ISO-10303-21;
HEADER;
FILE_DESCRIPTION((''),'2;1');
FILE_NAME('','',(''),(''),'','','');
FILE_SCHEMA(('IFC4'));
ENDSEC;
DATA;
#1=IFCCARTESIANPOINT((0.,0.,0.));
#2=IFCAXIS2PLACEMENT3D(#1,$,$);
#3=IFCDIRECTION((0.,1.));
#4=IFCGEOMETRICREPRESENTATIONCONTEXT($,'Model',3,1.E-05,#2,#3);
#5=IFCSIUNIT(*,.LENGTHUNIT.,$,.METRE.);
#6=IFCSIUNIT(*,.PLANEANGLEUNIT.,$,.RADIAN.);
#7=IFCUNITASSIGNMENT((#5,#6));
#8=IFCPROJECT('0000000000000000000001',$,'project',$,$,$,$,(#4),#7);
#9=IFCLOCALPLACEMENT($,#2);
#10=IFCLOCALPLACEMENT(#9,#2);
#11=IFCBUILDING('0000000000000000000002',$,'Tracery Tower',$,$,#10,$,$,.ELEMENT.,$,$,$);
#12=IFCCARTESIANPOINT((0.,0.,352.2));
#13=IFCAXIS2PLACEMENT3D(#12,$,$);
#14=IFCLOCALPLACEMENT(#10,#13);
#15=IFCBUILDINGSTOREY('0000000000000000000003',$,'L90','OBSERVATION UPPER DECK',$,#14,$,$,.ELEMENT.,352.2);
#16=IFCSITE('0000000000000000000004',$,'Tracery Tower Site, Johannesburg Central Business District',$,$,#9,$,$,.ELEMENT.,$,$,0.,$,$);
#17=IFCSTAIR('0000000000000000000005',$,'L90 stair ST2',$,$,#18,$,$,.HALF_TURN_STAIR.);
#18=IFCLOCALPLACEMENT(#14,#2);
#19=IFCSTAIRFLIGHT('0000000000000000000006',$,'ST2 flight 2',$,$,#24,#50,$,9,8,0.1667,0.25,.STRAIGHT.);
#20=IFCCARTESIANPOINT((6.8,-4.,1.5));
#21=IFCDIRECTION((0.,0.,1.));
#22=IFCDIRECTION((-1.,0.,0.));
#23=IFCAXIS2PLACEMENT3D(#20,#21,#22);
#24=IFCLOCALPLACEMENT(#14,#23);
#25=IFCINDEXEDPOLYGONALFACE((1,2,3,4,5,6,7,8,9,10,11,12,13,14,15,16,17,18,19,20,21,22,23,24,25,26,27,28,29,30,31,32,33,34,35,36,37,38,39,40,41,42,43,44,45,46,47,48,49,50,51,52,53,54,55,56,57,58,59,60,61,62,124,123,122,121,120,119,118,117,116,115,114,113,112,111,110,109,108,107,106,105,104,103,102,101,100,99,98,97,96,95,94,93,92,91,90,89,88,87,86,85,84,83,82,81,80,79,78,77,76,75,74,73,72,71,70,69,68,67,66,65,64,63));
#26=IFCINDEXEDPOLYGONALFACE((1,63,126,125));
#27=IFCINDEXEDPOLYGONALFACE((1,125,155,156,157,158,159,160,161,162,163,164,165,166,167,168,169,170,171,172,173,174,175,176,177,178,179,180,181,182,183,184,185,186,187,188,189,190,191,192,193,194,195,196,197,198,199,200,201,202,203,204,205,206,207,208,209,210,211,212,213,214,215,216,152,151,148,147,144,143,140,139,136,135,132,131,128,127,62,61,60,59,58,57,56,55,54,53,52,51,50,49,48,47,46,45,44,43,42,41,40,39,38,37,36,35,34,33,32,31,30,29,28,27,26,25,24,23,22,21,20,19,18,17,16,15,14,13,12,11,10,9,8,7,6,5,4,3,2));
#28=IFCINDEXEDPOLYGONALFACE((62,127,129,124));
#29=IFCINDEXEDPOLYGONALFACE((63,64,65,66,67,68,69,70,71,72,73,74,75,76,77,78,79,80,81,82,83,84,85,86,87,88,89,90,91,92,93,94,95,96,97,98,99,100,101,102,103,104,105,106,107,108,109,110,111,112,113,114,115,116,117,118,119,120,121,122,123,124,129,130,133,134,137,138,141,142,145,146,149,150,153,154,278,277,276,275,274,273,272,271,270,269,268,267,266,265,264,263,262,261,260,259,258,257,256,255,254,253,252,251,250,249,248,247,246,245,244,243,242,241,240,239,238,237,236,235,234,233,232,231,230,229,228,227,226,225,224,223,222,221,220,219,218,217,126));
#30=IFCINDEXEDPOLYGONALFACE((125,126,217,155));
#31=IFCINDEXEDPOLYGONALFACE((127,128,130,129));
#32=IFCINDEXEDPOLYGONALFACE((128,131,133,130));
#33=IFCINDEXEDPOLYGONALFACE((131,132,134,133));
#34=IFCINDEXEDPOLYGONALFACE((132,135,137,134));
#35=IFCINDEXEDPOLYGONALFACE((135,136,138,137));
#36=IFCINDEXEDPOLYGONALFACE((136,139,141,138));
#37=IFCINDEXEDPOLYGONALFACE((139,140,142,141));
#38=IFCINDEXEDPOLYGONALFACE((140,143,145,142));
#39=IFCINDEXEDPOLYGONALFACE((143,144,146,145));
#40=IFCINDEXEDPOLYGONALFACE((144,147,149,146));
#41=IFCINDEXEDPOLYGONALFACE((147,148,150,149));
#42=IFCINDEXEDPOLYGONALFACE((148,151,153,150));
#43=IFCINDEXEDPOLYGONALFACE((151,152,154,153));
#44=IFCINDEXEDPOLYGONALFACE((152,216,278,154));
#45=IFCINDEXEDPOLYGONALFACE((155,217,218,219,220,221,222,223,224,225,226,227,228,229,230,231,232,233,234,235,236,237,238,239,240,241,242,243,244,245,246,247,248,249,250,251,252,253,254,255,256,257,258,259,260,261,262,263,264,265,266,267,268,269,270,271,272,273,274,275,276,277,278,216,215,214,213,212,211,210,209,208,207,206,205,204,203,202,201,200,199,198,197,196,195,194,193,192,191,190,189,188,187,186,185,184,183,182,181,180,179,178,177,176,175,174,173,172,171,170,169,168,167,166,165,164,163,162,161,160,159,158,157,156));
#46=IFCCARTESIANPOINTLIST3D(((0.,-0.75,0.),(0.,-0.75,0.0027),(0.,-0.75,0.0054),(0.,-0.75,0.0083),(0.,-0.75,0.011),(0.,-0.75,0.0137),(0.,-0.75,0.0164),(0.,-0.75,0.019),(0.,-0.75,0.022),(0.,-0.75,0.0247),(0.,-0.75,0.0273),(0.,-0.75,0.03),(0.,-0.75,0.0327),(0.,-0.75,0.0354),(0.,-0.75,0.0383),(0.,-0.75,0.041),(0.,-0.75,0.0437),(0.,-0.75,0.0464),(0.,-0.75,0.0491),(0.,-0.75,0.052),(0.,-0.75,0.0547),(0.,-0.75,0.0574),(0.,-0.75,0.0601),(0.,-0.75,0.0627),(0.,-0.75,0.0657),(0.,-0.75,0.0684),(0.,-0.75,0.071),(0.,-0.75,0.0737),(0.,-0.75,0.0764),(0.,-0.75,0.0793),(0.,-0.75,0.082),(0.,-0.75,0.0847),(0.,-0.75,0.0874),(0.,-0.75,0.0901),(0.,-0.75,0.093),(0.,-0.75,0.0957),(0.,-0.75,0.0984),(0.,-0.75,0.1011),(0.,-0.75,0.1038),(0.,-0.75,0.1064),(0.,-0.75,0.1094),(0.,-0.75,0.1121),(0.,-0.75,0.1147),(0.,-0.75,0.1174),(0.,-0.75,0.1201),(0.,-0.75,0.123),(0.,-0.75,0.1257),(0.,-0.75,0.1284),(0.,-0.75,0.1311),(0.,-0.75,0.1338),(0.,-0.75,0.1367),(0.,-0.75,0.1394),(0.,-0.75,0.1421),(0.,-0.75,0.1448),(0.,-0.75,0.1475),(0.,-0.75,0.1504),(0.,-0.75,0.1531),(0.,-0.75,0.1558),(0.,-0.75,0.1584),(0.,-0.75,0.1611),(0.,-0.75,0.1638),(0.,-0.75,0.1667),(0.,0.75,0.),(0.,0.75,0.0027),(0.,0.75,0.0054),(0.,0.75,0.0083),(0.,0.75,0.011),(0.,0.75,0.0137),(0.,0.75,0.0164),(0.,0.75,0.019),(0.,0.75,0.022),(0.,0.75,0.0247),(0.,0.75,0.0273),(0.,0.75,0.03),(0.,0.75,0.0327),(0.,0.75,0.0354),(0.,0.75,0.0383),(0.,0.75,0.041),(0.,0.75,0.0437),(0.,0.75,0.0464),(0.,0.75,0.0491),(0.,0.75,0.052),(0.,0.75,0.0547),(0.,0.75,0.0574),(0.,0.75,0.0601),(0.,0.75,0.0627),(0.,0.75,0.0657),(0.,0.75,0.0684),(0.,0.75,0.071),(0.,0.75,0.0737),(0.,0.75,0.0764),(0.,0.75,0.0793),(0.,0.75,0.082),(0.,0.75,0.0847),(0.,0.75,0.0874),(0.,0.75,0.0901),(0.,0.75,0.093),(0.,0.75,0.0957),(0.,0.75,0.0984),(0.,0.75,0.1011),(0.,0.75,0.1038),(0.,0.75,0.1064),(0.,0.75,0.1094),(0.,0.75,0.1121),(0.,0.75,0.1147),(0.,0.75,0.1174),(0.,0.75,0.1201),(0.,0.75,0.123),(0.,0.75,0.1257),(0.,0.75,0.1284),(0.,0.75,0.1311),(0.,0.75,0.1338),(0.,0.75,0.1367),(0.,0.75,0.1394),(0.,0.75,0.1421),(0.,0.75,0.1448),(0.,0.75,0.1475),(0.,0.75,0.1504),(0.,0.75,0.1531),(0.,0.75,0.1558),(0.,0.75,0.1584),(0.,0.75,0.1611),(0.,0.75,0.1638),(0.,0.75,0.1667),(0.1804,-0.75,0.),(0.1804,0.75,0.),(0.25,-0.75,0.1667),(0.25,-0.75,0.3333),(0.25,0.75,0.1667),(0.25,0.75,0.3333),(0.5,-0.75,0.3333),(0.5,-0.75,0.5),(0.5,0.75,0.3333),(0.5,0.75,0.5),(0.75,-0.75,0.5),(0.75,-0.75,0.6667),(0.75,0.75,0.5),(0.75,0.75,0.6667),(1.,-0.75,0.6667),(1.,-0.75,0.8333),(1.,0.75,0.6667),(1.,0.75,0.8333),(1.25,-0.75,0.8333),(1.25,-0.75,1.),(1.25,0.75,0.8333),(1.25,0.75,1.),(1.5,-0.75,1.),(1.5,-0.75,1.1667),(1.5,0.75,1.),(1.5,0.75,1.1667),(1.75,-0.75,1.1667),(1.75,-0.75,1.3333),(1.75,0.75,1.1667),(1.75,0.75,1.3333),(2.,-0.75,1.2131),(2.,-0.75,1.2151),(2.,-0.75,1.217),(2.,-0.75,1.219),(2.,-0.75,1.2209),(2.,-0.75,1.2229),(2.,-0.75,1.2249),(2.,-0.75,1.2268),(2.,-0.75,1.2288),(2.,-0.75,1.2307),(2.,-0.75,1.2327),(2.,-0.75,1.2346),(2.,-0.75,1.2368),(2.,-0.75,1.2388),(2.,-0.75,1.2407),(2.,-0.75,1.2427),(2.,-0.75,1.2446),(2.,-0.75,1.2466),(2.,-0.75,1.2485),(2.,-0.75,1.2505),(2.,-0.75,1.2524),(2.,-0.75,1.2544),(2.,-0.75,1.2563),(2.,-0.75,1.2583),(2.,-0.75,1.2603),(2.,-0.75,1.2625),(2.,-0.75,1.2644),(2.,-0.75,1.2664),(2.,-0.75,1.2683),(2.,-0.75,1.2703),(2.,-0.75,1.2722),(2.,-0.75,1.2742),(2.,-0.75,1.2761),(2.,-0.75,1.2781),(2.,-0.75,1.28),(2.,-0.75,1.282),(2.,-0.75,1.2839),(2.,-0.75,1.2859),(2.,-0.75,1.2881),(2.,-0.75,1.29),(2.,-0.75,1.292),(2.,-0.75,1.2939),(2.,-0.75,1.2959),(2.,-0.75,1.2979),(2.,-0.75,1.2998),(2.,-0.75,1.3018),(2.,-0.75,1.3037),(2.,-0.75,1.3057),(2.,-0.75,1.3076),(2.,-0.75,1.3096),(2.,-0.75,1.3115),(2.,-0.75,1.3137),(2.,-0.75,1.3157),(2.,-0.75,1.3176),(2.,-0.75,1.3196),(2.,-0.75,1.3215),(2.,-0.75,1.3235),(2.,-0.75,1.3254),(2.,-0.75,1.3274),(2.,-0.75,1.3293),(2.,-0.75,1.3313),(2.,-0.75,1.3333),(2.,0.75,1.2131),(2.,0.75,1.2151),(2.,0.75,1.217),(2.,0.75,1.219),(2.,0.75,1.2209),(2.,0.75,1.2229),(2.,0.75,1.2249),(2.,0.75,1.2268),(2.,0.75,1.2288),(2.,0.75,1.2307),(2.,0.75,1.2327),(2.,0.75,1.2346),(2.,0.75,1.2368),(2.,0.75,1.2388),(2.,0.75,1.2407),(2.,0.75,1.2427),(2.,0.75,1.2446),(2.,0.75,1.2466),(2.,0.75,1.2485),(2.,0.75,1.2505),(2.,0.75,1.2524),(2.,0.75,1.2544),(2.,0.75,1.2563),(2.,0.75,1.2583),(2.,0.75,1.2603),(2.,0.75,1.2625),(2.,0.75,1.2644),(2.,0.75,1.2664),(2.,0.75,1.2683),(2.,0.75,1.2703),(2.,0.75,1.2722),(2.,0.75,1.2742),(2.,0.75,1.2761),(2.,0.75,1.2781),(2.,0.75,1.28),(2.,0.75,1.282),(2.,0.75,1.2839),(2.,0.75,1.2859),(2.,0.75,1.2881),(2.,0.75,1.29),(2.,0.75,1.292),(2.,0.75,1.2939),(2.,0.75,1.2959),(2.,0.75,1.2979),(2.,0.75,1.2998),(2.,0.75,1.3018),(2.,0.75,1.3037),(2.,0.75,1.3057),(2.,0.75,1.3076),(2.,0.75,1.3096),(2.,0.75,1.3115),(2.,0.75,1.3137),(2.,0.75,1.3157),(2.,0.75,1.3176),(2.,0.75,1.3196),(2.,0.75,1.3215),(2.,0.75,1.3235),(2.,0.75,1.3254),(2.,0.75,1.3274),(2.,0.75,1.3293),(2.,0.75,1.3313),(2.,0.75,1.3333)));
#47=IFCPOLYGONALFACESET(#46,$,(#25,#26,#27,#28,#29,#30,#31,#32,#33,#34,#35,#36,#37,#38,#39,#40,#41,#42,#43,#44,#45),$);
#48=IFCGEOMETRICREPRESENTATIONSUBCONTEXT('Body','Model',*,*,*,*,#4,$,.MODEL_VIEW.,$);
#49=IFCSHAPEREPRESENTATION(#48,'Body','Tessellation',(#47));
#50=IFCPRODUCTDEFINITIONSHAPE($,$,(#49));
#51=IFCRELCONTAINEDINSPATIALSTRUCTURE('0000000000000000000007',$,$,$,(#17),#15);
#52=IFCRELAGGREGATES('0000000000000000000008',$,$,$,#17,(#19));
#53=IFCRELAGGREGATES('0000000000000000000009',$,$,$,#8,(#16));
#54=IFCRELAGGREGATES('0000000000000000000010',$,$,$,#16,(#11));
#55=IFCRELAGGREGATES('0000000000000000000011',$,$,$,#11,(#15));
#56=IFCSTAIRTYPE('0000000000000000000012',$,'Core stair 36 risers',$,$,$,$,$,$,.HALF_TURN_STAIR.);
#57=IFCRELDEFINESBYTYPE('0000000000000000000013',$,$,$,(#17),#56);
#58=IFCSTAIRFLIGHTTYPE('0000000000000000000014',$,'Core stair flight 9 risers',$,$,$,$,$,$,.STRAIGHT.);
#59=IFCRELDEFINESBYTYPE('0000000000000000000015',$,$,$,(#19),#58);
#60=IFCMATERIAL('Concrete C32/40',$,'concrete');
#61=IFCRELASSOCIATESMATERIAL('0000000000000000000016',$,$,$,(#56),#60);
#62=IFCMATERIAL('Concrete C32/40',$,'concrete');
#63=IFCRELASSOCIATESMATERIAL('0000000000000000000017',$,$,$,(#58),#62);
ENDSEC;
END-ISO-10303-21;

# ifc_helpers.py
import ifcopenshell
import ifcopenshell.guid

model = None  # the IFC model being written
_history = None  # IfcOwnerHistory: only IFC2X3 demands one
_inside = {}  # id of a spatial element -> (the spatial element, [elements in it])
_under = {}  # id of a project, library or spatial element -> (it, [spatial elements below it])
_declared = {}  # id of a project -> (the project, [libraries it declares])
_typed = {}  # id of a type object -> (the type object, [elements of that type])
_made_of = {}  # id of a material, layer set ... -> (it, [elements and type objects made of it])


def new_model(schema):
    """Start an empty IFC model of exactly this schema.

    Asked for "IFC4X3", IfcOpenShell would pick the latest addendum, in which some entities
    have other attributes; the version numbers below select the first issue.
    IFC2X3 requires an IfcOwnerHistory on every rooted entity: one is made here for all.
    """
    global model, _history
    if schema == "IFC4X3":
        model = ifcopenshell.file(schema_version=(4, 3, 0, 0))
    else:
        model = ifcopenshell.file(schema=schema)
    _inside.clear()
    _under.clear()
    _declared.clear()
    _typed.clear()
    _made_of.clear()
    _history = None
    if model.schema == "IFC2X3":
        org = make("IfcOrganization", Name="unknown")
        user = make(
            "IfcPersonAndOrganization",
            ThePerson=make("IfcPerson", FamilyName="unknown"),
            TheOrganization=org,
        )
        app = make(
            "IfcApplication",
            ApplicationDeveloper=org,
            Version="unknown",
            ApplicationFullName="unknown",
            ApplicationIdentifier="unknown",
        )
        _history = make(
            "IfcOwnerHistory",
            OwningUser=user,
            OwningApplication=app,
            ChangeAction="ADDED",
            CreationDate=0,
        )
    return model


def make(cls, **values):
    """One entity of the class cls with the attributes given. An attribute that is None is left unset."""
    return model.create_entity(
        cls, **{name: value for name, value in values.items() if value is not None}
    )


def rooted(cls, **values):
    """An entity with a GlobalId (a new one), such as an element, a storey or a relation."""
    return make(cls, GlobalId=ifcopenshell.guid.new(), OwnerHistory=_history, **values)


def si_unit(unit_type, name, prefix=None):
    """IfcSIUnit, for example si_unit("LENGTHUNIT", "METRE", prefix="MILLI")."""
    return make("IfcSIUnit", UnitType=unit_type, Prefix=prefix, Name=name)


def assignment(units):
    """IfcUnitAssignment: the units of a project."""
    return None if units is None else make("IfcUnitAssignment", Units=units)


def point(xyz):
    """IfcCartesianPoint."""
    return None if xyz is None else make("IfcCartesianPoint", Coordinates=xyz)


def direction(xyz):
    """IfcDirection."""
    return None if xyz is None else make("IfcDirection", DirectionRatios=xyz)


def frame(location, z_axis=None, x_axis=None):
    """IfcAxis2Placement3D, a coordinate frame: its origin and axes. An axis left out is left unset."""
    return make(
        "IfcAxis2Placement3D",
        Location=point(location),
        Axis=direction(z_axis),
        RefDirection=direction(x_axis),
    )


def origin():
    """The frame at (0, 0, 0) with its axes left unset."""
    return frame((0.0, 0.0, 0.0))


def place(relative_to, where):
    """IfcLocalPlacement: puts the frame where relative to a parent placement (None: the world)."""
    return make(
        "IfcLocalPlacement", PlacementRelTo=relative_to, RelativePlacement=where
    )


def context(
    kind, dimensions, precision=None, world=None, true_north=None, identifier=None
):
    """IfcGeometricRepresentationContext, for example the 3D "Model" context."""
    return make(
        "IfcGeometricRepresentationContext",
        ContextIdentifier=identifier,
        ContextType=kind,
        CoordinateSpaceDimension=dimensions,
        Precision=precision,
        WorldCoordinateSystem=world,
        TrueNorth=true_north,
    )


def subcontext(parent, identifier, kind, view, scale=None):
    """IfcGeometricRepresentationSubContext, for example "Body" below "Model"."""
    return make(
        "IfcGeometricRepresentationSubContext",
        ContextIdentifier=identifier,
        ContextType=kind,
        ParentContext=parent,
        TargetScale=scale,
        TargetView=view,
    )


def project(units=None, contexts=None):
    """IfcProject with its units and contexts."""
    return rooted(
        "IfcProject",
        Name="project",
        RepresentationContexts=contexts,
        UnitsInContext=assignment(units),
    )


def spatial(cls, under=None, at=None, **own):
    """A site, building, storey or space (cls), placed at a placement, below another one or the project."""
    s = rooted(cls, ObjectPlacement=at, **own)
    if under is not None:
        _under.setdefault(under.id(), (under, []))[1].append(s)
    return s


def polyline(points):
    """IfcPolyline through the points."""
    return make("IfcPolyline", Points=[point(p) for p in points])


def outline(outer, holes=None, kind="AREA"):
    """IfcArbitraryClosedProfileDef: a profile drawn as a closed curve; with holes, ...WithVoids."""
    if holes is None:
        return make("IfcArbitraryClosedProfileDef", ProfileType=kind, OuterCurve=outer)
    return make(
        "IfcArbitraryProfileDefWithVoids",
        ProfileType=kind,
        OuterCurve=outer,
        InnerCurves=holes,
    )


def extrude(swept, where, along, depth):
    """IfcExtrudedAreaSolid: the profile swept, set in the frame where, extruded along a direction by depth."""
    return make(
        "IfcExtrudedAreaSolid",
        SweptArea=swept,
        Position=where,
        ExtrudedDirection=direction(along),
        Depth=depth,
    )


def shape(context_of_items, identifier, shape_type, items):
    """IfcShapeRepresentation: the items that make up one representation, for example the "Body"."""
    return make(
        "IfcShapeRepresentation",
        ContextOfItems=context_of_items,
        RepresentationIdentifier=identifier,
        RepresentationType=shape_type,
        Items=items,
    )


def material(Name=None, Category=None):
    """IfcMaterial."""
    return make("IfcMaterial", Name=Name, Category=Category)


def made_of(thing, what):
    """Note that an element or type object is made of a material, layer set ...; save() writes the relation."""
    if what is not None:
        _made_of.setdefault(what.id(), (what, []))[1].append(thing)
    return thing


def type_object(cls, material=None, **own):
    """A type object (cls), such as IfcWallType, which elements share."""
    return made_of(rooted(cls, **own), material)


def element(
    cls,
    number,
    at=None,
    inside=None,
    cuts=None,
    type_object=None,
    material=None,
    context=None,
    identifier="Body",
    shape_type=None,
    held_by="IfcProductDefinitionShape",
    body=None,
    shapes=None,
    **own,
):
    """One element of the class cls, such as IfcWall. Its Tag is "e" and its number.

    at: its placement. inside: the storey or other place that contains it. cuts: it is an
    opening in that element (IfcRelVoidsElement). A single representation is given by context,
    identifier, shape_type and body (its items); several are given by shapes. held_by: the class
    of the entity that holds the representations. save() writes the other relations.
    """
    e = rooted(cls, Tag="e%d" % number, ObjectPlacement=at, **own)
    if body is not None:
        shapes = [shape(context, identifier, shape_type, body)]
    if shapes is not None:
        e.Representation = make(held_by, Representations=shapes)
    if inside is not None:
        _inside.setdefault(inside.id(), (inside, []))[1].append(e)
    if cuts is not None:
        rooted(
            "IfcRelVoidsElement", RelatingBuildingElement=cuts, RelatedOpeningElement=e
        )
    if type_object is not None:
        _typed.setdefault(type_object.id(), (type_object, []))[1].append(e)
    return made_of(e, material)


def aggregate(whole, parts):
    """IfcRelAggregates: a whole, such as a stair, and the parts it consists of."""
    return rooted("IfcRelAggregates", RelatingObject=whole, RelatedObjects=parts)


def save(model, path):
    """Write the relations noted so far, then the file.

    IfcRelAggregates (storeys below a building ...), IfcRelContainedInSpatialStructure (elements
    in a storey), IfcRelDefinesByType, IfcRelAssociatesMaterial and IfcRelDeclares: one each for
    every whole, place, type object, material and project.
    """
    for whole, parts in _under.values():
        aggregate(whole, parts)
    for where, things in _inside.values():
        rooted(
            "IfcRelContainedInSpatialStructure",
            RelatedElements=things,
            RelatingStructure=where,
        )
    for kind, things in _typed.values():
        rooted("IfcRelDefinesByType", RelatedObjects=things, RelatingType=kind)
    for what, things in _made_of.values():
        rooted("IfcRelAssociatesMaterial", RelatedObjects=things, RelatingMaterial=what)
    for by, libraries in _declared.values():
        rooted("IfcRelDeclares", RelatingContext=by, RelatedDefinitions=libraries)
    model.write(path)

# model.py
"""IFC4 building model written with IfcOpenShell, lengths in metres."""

from ifc_helpers import new_model, si_unit, direction, frame, origin, place, context, subcontext, project, spatial, polyline, outline, extrude, material, type_object, element, aggregate, save


model = new_model("IFC4")

# Units and contexts
model_context = context("Model", 3, precision=1e-05, world=origin(), true_north=direction((0.0, 1.0)))
body_context = subcontext(model_context, "Body", "Model", "MODEL_VIEW")
ifc_project = project(units=[si_unit("LENGTHUNIT", "METRE"), si_unit("PLANEANGLEUNIT", "RADIAN")], contexts=[model_context])

# Site, building, storey
site_placement = place(None, origin())
site = spatial("IfcSite", under=ifc_project, at=site_placement, Name="Tracery Tower Site, Johannesburg Central Business District", CompositionType="ELEMENT", RefElevation=0.0)
building_placement = place(site_placement, origin())
building = spatial("IfcBuilding", under=site, at=building_placement, Name="Tracery Tower", CompositionType="ELEMENT")
storey_placement = place(building_placement, frame((0.0, 0.0, 352.2)))
storey = spatial("IfcBuildingStorey", under=building, at=storey_placement, Name="L90", Description="OBSERVATION UPPER DECK", CompositionType="ELEMENT", Elevation=352.2)

# Stair, stair flight
ifc_material_1 = material(Name="Concrete C32/40", Category="concrete")
stair_type = type_object("IfcStairType", Name="Core stair 36 risers", PredefinedType="HALF_TURN_STAIR", material=ifc_material_1)
stair_placement = place(storey_placement, origin())
stair = element("IfcStair", 1, at=stair_placement, inside=storey, type_object=stair_type, Name="L90 stair ST2", PredefinedType="HALF_TURN_STAIR")
ifc_material_2 = material(Name="Concrete C32/40", Category="concrete")
stair_flight_type = type_object("IfcStairFlightType", Name="Core stair flight 9 risers", PredefinedType="STRAIGHT", material=ifc_material_2)
stair_flight_1_placement = place(storey_placement, frame((6.8, -4.0, 1.5), z_axis=(0.0, 0.0, 1.0), x_axis=(-1.0, 0.0, 0.0)))
stair_flight_1 = element("IfcStairFlight", 2, at=stair_flight_1_placement, type_object=stair_flight_type, Name="ST2 flight 2", NumberOfRisers=9, NumberOfTreads=8, PredefinedType="STRAIGHT", RiserHeight=0.1667, TreadLength=0.25, context=body_context, shape_type="SweptSolid", body=[
    extrude(outline(polyline([(0.0, 0.0), (0.0, 0.0027), (0.0, 0.0054), (0.0, 0.0083), (0.0, 0.011), (0.0, 0.0137), (0.0, 0.0164), (0.0, 0.019), (0.0, 0.022), (0.0, 0.0247), (0.0, 0.0273), (0.0, 0.03), (0.0, 0.0327), (0.0, 0.0354), (0.0, 0.0383), (0.0, 0.041), (0.0, 0.0437), (0.0, 0.0464), (0.0, 0.0491), (0.0, 0.052), (0.0, 0.0547), (0.0, 0.0574), (0.0, 0.0601), (0.0, 0.0627), (0.0, 0.0657), (0.0, 0.0684), (0.0, 0.071), (0.0, 0.0737), (0.0, 0.0764), (0.0, 0.0793), (0.0, 0.082), (0.0, 0.0847), (0.0, 0.0874), (0.0, 0.0901), (0.0, 0.093), (0.0, 0.0957), (0.0, 0.0984), (0.0, 0.1011), (0.0, 0.1038), (0.0, 0.1064), (0.0, 0.1094), (0.0, 0.1121), (0.0, 0.1147), (0.0, 0.1174), (0.0, 0.1201), (0.0, 0.123), (0.0, 0.1257), (0.0, 0.1284), (0.0, 0.1311), (0.0, 0.1338), (0.0, 0.1367), (0.0, 0.1394), (0.0, 0.1421), (0.0, 0.1448), (0.0, 0.1475), (0.0, 0.1504), (0.0, 0.1531), (0.0, 0.1558), (0.0, 0.1584), (0.0, 0.1611), (0.0, 0.1638), (0.0, 0.1667), (0.25, 0.1667), (0.25, 0.3333), (0.5, 0.3333), (0.5, 0.5), (0.75, 0.5), (0.75, 0.6667), (1.0, 0.6667), (1.0, 0.8333), (1.25, 0.8333), (1.25, 1.0), (1.5, 1.0), (1.5, 1.1667), (1.75, 1.1667), (1.75, 1.3333), (2.0, 1.3333), (2.0, 1.3313), (2.0, 1.3293), (2.0, 1.3274), (2.0, 1.3254), (2.0, 1.3235), (2.0, 1.3215), (2.0, 1.3196), (2.0, 1.3176), (2.0, 1.3157), (2.0, 1.3137), (2.0, 1.3115), (2.0, 1.3096), (2.0, 1.3076), (2.0, 1.3057), (2.0, 1.3037), (2.0, 1.3018), (2.0, 1.2998), (2.0, 1.2979), (2.0, 1.2959), (2.0, 1.2939), (2.0, 1.292), (2.0, 1.29), (2.0, 1.2881), (2.0, 1.2859), (2.0, 1.2839), (2.0, 1.282), (2.0, 1.28), (2.0, 1.2781), (2.0, 1.2761), (2.0, 1.2742), (2.0, 1.2722), (2.0, 1.2703), (2.0, 1.2683), (2.0, 1.2664), (2.0, 1.2644), (2.0, 1.2625), (2.0, 1.2603), (2.0, 1.2583), (2.0, 1.2563), (2.0, 1.2544), (2.0, 1.2524), (2.0, 1.2505), (2.0, 1.2485), (2.0, 1.2466), (2.0, 1.2446), (2.0, 1.2427), (2.0, 1.2407), (2.0, 1.2388), (2.0, 1.2368), (2.0, 1.2346), (2.0, 1.2327), (2.0, 1.2307), (2.0, 1.2288), (2.0, 1.2268), (2.0, 1.2249), (2.0, 1.2229), (2.0, 1.2209), (2.0, 1.219), (2.0, 1.217), (2.0, 1.2151), (2.0, 1.2131), (0.1804, 0.0), (0.0, 0.0)])), frame((0.0, 0.75, 0.0), z_axis=(0.0, -1.0, 0.0), x_axis=(1.0, 0.0, 0.0)), (0.0, 0.0, 1.0), 1.5),
])
aggregate(stair, [stair_flight_1])

save(model, "model.ifc")
